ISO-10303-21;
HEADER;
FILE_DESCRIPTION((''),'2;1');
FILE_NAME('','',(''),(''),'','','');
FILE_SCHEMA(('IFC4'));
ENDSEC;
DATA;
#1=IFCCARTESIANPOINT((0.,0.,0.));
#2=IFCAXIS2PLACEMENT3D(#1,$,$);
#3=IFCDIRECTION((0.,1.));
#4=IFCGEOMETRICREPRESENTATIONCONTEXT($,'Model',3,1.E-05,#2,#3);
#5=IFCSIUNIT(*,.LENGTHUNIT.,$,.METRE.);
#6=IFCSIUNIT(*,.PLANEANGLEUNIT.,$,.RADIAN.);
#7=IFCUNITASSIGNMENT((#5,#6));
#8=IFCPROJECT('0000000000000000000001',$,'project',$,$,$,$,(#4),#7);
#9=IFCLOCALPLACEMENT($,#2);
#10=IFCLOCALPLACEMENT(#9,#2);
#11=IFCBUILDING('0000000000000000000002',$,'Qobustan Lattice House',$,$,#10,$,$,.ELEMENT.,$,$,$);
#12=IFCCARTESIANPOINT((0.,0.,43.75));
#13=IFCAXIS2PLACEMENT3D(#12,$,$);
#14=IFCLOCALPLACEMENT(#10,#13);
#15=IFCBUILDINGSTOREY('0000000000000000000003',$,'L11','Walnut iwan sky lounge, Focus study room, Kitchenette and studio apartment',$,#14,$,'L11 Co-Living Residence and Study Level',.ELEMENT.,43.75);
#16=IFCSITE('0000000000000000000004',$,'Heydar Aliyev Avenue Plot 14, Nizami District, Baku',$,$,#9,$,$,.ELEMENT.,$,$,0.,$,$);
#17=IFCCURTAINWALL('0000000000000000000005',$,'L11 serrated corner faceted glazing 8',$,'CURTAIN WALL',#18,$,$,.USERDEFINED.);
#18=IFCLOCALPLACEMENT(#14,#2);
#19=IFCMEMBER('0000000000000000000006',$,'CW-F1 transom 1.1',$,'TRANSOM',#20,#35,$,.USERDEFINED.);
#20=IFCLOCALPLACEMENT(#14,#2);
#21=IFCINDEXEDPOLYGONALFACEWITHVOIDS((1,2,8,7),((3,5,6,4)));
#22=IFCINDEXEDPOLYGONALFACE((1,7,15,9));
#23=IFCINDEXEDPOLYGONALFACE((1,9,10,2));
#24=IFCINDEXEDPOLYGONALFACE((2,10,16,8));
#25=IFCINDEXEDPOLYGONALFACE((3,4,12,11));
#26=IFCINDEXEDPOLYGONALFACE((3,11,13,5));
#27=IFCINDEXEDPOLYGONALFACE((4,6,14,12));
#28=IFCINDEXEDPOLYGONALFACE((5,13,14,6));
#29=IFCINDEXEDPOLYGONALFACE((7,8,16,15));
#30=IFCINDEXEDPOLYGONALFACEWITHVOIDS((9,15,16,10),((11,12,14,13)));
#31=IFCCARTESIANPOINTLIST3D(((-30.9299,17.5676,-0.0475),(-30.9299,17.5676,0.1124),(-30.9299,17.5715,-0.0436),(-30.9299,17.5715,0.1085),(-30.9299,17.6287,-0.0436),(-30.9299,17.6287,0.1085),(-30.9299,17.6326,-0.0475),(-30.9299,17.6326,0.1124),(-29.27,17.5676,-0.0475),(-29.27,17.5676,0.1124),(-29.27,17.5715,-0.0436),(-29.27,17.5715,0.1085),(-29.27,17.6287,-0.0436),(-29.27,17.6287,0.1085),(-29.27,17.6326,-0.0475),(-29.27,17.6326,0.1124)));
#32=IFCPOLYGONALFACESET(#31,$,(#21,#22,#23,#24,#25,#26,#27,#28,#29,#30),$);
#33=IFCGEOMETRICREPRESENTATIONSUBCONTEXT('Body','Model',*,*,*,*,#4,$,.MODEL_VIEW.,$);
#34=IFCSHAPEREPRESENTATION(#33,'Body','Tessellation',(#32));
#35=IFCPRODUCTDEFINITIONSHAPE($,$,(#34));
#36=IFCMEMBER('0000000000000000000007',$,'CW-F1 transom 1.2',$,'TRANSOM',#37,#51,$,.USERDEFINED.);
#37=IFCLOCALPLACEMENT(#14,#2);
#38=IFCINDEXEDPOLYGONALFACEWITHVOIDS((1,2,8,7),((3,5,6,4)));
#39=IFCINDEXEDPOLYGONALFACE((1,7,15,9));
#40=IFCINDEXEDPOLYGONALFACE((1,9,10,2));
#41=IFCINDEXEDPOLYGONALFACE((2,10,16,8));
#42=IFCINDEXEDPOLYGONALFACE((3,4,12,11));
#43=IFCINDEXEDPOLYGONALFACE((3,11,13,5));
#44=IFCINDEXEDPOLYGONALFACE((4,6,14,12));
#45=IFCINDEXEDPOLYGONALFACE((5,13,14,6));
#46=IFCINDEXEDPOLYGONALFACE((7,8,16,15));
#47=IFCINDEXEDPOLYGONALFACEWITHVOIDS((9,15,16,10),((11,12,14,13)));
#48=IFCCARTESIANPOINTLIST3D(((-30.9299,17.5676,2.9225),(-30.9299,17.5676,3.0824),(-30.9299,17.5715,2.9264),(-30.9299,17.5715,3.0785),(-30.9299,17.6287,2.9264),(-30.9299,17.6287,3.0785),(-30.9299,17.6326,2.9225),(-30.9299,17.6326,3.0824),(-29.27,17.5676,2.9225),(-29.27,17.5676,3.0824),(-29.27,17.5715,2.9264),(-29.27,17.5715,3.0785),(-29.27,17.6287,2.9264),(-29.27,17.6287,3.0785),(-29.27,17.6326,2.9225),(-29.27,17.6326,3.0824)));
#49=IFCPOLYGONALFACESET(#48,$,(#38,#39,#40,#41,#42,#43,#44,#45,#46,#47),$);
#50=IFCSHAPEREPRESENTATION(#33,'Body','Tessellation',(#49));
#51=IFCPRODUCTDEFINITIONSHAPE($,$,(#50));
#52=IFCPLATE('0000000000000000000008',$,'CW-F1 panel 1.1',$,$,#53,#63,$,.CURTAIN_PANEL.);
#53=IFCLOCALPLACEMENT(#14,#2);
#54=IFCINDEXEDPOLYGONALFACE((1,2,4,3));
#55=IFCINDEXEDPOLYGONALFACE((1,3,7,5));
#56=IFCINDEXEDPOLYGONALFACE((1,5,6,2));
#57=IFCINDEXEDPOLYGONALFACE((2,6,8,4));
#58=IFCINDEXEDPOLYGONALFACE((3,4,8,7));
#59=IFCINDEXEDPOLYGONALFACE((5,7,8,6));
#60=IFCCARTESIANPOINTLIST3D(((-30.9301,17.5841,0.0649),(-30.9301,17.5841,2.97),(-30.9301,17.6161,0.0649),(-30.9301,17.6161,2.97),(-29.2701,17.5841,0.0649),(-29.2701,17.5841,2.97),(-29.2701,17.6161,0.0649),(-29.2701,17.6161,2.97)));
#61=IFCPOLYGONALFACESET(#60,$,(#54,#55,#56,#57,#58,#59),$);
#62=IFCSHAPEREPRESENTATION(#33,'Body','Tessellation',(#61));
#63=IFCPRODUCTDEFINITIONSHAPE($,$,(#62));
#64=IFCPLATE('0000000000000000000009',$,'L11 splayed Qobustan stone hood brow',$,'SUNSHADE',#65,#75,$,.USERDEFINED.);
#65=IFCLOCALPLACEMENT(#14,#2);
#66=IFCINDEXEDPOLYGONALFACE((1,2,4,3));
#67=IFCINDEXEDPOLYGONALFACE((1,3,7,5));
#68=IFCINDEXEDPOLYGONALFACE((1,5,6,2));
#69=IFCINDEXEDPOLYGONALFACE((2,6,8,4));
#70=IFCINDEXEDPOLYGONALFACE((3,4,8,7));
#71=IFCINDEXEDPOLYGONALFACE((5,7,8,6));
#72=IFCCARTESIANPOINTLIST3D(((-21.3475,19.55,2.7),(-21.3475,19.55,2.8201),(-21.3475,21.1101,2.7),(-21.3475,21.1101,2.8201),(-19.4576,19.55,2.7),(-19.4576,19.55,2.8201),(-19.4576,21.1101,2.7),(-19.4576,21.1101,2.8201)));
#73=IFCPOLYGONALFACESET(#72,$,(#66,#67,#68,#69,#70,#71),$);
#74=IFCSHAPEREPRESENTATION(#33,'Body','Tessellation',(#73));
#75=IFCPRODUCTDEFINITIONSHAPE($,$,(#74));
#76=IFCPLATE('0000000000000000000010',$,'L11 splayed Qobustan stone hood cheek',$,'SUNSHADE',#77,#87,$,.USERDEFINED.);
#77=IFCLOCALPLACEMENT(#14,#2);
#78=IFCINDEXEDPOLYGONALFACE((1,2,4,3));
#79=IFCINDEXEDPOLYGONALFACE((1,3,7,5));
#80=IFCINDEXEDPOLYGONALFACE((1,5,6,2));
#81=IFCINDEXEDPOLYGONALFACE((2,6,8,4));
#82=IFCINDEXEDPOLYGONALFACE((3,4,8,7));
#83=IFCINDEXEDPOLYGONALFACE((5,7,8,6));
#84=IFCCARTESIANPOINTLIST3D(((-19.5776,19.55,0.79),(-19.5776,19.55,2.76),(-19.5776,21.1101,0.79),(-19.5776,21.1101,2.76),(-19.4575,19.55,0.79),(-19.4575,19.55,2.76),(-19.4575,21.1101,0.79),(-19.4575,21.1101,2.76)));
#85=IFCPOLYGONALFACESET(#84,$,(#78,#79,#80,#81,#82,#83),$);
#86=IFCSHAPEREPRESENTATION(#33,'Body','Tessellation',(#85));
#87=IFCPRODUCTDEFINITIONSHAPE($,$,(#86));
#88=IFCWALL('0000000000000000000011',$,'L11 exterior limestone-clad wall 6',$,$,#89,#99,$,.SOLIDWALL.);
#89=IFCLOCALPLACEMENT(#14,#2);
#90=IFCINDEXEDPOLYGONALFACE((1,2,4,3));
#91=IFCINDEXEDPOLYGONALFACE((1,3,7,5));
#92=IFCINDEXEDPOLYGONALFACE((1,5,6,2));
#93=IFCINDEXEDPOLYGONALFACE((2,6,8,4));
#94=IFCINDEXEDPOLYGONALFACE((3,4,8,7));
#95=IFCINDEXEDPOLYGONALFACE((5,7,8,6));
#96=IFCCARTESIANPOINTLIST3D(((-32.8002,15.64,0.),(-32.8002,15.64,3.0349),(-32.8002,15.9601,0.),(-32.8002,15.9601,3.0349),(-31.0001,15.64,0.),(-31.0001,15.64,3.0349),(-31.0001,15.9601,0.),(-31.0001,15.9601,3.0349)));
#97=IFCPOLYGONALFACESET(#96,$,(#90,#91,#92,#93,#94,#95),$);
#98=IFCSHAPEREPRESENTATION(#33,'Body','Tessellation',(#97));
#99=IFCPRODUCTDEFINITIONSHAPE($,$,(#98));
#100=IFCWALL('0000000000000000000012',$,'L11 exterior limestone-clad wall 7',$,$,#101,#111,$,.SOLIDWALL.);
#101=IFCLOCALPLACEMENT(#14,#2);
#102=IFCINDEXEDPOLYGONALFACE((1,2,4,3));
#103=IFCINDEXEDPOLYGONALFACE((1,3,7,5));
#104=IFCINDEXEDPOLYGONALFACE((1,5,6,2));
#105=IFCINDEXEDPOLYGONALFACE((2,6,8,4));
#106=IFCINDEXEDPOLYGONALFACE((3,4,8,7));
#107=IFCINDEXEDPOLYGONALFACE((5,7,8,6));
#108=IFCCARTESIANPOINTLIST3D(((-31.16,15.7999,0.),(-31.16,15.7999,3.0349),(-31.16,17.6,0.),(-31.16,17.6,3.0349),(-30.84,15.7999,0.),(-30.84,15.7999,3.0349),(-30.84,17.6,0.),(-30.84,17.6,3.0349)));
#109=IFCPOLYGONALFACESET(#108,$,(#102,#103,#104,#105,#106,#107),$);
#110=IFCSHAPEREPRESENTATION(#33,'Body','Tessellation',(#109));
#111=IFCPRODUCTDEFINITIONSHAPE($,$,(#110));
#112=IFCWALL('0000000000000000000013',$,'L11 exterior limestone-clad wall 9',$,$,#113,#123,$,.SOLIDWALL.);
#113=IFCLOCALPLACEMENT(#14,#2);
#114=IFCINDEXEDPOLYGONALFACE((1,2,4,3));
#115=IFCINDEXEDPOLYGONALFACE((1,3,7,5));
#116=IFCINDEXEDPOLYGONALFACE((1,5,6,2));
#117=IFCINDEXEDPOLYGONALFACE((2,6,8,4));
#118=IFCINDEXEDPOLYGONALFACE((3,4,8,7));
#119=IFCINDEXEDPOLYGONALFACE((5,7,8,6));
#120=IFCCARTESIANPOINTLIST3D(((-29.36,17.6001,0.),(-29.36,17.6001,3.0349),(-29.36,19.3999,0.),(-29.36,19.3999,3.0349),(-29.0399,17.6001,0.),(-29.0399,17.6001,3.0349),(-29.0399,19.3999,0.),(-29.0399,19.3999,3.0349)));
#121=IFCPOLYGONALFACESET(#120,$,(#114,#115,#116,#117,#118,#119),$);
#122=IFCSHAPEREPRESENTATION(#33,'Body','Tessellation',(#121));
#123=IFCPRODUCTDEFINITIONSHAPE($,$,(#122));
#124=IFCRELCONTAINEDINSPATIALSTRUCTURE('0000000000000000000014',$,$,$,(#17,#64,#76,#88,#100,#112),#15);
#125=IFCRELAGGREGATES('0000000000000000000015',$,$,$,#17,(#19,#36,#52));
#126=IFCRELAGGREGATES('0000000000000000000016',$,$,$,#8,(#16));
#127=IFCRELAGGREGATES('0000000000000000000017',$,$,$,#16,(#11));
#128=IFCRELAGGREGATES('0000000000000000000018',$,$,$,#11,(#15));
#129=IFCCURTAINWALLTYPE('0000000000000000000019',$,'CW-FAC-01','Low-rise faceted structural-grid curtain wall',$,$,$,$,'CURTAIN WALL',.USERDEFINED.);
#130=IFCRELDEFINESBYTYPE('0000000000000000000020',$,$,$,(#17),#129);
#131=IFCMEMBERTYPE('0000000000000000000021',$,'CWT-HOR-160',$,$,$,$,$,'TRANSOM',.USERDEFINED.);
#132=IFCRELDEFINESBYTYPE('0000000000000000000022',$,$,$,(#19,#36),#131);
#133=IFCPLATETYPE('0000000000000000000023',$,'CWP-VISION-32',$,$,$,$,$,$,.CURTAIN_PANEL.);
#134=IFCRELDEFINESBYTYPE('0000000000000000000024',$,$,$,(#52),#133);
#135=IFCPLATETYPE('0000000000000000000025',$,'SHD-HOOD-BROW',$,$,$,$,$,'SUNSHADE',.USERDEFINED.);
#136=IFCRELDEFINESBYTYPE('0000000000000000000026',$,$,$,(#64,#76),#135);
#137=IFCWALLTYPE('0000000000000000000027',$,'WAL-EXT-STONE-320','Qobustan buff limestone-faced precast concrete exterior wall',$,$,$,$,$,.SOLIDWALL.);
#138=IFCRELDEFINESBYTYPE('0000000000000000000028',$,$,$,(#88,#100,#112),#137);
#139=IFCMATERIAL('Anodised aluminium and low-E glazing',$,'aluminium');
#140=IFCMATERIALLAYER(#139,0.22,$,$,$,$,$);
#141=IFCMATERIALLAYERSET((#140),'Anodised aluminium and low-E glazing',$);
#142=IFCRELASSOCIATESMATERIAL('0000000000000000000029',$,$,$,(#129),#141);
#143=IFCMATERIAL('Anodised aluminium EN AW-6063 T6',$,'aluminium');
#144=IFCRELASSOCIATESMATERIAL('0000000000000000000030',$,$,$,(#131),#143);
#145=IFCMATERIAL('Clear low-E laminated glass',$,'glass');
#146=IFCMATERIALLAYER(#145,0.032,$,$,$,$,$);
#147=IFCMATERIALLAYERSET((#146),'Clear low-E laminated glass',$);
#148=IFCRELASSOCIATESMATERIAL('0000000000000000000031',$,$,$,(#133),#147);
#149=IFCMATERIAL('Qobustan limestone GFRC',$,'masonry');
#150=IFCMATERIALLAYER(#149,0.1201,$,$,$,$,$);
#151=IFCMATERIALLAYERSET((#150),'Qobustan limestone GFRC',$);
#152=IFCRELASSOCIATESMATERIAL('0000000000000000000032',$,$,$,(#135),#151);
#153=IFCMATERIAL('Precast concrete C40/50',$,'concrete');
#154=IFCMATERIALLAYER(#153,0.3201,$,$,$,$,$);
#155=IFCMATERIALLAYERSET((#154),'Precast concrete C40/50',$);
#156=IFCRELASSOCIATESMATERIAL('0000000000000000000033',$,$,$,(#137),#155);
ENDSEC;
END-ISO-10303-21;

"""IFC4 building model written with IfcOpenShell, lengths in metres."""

from ifc_helpers import new_model, si_unit, direction, frame, frame_2d, origin, origin_2d, place, context, subcontext, project, spatial, rectangle, hollow_rectangle, extrude, material, layer, layer_set, material_profile, profile_set, type_object, element, aggregate, save


model = new_model("IFC4")

# Units and contexts
model_context = context("Model", 3, precision=1e-05, world=origin(), true_north=direction((0.0, 1.0)))
body_context = subcontext(model_context, "Body", "Model", "MODEL_VIEW")
ifc_project = project(units=[si_unit("LENGTHUNIT", "METRE"), si_unit("PLANEANGLEUNIT", "RADIAN")], contexts=[model_context])

# Site, building, storey
site_placement = place(None, origin())
site = spatial("IfcSite", under=ifc_project, at=site_placement, Name="Heydar Aliyev Avenue Plot 14, Nizami District, Baku", CompositionType="ELEMENT", RefElevation=0.0)
building_placement = place(site_placement, origin())
building = spatial("IfcBuilding", under=site, at=building_placement, Name="Qobustan Lattice House", CompositionType="ELEMENT")
storey_placement = place(building_placement, frame((0.0, 0.0, 43.75)))
storey = spatial("IfcBuildingStorey", under=building, at=storey_placement, Name="L11", Description="Walnut iwan sky lounge, Focus study room, Kitchenette and studio apartment", LongName="L11 Co-Living Residence and Study Level", CompositionType="ELEMENT", Elevation=43.75)

# Curtain wall, members, plate
ifc_material_1 = material(Name="Anodised aluminium and low-E glazing", Category="aluminium")
ifc_layer_1 = layer(ifc_material_1, 0.22)
ifc_layer_set_1 = layer_set([ifc_layer_1], Name="Anodised aluminium and low-E glazing")
curtain_wall_type = type_object("IfcCurtainWallType", Name="CW-FAC-01", Description="Low-rise faceted structural-grid curtain wall", ElementType="CURTAIN WALL", PredefinedType="USERDEFINED", material=ifc_layer_set_1)
curtain_wall_placement = place(storey_placement, origin())
curtain_wall = element("IfcCurtainWall", 1, at=curtain_wall_placement, inside=storey, type_object=curtain_wall_type, Name="L11 serrated corner faceted glazing 8", ObjectType="CURTAIN WALL", PredefinedType="USERDEFINED")
ifc_material_2 = material(Name="Anodised aluminium EN AW-6063 T6", Category="aluminium")
ifc_material_profile_1 = material_profile(ifc_material_2, hollow_rectangle(XDim=0.0649, YDim=0.1599, WallThickness=0.0039, at=origin_2d()), Name="CWT-160x65")
ifc_profile_set_1 = profile_set([ifc_material_profile_1], Name="Anodised aluminium EN AW-6063 T6")
member_type_1 = type_object("IfcMemberType", Name="CWT-HOR-160", ElementType="TRANSOM", PredefinedType="USERDEFINED", material=ifc_profile_set_1)
member_1_placement = place(storey_placement, frame((-30.9299, 17.6001, 0.0325), z_axis=(1.0, 0.0, 0.0), x_axis=(0.0, 1.0, 0.0)))
member_1 = element("IfcMember", 2, at=member_1_placement, type_object=member_type_1, Name="CW-F1 transom 1.1", ObjectType="TRANSOM", PredefinedType="USERDEFINED", context=body_context, shape_type="SweptSolid", body=[
    extrude(hollow_rectangle(XDim=0.0649, YDim=0.1599, WallThickness=0.0039, at=origin_2d()), origin(), (0.0, 0.0, 1.0), 1.6599),
])
member_2_placement = place(storey_placement, frame((-30.9299, 17.6001, 3.0024), z_axis=(1.0, 0.0, 0.0), x_axis=(0.0, 1.0, 0.0)))
member_2 = element("IfcMember", 3, at=member_2_placement, type_object=member_type_1, Name="CW-F1 transom 1.2", ObjectType="TRANSOM", PredefinedType="USERDEFINED", context=body_context, shape_type="SweptSolid", body=[
    extrude(hollow_rectangle(XDim=0.0649, YDim=0.1599, WallThickness=0.0039, at=origin_2d()), origin(), (0.0, 0.0, 1.0), 1.6599),
])
ifc_material_3 = material(Name="Clear low-E laminated glass", Category="glass")
ifc_layer_2 = layer(ifc_material_3, 0.032)
ifc_layer_set_2 = layer_set([ifc_layer_2], Name="Clear low-E laminated glass")
plate_type_1 = type_object("IfcPlateType", Name="CWP-VISION-32", PredefinedType="CURTAIN_PANEL", material=ifc_layer_set_2)
plate_1_placement = place(storey_placement, frame((-30.1001, 17.6001, 0.0649), z_axis=(0.0, 0.0, 1.0), x_axis=(1.0, 0.0, 0.0)))
plate_1 = element("IfcPlate", 4, at=plate_1_placement, type_object=plate_type_1, Name="CW-F1 panel 1.1", PredefinedType="CURTAIN_PANEL", context=body_context, shape_type="SweptSolid", body=[
    extrude(rectangle(XDim=1.6599, YDim=0.032, at=origin_2d()), origin(), (0.0, 0.0, 1.0), 2.905),
])
aggregate(curtain_wall, [member_1, member_2, plate_1])

# Plates
ifc_material_4 = material(Name="Qobustan limestone GFRC", Category="masonry")
ifc_layer_3 = layer(ifc_material_4, 0.1201)
ifc_layer_set_3 = layer_set([ifc_layer_3], Name="Qobustan limestone GFRC")
plate_type_2 = type_object("IfcPlateType", Name="SHD-HOOD-BROW", ElementType="SUNSHADE", PredefinedType="USERDEFINED", material=ifc_layer_set_3)
plate_2_placement = place(storey_placement, frame((-20.4026, 20.3301, 2.7), z_axis=(0.0, 0.0, 1.0), x_axis=(1.0, 0.0, 0.0)))
element("IfcPlate", 5, at=plate_2_placement, inside=storey, type_object=plate_type_2, Name="L11 splayed Qobustan stone hood brow", ObjectType="SUNSHADE", PredefinedType="USERDEFINED", context=body_context, shape_type="SweptSolid", body=[
    extrude(rectangle(XDim=1.8899, YDim=1.5601, at=origin_2d()), origin(), (0.0, 0.0, 1.0), 0.1201),
])
plate_3_placement = place(storey_placement, frame((-19.5176, 20.3301, 0.79), z_axis=(0.0, 0.0, 1.0), x_axis=(1.0, 0.0, 0.0)))
element("IfcPlate", 6, at=plate_3_placement, inside=storey, type_object=plate_type_2, Name="L11 splayed Qobustan stone hood cheek", ObjectType="SUNSHADE", PredefinedType="USERDEFINED", context=body_context, shape_type="SweptSolid", body=[
    extrude(rectangle(XDim=0.1201, YDim=1.5601, at=origin_2d()), origin(), (0.0, 0.0, 1.0), 1.97),
])

# Walls
ifc_material_5 = material(Name="Precast concrete C40/50", Category="concrete")
ifc_layer_4 = layer(ifc_material_5, 0.3201)
ifc_layer_set_4 = layer_set([ifc_layer_4], Name="Precast concrete C40/50")
wall_type = type_object("IfcWallType", Name="WAL-EXT-STONE-320", Description="Qobustan buff limestone-faced precast concrete exterior wall", PredefinedType="SOLIDWALL", material=ifc_layer_set_4)
for number, where, z_axis, x_axis, name in (
    (7, (-32.8, 15.8, 0.0), (0.0, 0.0, 1.0), (1.0, 0.0, 0.0), "L11 exterior limestone-clad wall 6"),
    (8, (-31.0, 15.8, 0.0), (0.0, 0.0, 1.0), (0.0, 1.0, 0.0), "L11 exterior limestone-clad wall 7"),
):
    element("IfcWall", number, at=place(storey_placement, frame(where, z_axis=z_axis, x_axis=x_axis)), inside=storey, type_object=wall_type, Name=name, PredefinedType="SOLIDWALL", context=body_context, shape_type="SweptSolid", body=[
        extrude(rectangle(XDim=1.8, YDim=0.3201, at=frame_2d((0.8999, 0.0))), origin(), (0.0, 0.0, 1.0), 3.0349),
    ])
wall_1_placement = place(storey_placement, frame((-29.2, 17.6001, 0.0), z_axis=(0.0, 0.0, 1.0), x_axis=(0.0, 1.0, 0.0)))
element("IfcWall", 9, at=wall_1_placement, inside=storey, type_object=wall_type, Name="L11 exterior limestone-clad wall 9", PredefinedType="SOLIDWALL", context=body_context, shape_type="SweptSolid", body=[
    extrude(rectangle(XDim=1.7998, YDim=0.3201, at=frame_2d((0.8999, 0.0))), origin(), (0.0, 0.0, 1.0), 3.0349),
])

save(model, "model.ifc")
